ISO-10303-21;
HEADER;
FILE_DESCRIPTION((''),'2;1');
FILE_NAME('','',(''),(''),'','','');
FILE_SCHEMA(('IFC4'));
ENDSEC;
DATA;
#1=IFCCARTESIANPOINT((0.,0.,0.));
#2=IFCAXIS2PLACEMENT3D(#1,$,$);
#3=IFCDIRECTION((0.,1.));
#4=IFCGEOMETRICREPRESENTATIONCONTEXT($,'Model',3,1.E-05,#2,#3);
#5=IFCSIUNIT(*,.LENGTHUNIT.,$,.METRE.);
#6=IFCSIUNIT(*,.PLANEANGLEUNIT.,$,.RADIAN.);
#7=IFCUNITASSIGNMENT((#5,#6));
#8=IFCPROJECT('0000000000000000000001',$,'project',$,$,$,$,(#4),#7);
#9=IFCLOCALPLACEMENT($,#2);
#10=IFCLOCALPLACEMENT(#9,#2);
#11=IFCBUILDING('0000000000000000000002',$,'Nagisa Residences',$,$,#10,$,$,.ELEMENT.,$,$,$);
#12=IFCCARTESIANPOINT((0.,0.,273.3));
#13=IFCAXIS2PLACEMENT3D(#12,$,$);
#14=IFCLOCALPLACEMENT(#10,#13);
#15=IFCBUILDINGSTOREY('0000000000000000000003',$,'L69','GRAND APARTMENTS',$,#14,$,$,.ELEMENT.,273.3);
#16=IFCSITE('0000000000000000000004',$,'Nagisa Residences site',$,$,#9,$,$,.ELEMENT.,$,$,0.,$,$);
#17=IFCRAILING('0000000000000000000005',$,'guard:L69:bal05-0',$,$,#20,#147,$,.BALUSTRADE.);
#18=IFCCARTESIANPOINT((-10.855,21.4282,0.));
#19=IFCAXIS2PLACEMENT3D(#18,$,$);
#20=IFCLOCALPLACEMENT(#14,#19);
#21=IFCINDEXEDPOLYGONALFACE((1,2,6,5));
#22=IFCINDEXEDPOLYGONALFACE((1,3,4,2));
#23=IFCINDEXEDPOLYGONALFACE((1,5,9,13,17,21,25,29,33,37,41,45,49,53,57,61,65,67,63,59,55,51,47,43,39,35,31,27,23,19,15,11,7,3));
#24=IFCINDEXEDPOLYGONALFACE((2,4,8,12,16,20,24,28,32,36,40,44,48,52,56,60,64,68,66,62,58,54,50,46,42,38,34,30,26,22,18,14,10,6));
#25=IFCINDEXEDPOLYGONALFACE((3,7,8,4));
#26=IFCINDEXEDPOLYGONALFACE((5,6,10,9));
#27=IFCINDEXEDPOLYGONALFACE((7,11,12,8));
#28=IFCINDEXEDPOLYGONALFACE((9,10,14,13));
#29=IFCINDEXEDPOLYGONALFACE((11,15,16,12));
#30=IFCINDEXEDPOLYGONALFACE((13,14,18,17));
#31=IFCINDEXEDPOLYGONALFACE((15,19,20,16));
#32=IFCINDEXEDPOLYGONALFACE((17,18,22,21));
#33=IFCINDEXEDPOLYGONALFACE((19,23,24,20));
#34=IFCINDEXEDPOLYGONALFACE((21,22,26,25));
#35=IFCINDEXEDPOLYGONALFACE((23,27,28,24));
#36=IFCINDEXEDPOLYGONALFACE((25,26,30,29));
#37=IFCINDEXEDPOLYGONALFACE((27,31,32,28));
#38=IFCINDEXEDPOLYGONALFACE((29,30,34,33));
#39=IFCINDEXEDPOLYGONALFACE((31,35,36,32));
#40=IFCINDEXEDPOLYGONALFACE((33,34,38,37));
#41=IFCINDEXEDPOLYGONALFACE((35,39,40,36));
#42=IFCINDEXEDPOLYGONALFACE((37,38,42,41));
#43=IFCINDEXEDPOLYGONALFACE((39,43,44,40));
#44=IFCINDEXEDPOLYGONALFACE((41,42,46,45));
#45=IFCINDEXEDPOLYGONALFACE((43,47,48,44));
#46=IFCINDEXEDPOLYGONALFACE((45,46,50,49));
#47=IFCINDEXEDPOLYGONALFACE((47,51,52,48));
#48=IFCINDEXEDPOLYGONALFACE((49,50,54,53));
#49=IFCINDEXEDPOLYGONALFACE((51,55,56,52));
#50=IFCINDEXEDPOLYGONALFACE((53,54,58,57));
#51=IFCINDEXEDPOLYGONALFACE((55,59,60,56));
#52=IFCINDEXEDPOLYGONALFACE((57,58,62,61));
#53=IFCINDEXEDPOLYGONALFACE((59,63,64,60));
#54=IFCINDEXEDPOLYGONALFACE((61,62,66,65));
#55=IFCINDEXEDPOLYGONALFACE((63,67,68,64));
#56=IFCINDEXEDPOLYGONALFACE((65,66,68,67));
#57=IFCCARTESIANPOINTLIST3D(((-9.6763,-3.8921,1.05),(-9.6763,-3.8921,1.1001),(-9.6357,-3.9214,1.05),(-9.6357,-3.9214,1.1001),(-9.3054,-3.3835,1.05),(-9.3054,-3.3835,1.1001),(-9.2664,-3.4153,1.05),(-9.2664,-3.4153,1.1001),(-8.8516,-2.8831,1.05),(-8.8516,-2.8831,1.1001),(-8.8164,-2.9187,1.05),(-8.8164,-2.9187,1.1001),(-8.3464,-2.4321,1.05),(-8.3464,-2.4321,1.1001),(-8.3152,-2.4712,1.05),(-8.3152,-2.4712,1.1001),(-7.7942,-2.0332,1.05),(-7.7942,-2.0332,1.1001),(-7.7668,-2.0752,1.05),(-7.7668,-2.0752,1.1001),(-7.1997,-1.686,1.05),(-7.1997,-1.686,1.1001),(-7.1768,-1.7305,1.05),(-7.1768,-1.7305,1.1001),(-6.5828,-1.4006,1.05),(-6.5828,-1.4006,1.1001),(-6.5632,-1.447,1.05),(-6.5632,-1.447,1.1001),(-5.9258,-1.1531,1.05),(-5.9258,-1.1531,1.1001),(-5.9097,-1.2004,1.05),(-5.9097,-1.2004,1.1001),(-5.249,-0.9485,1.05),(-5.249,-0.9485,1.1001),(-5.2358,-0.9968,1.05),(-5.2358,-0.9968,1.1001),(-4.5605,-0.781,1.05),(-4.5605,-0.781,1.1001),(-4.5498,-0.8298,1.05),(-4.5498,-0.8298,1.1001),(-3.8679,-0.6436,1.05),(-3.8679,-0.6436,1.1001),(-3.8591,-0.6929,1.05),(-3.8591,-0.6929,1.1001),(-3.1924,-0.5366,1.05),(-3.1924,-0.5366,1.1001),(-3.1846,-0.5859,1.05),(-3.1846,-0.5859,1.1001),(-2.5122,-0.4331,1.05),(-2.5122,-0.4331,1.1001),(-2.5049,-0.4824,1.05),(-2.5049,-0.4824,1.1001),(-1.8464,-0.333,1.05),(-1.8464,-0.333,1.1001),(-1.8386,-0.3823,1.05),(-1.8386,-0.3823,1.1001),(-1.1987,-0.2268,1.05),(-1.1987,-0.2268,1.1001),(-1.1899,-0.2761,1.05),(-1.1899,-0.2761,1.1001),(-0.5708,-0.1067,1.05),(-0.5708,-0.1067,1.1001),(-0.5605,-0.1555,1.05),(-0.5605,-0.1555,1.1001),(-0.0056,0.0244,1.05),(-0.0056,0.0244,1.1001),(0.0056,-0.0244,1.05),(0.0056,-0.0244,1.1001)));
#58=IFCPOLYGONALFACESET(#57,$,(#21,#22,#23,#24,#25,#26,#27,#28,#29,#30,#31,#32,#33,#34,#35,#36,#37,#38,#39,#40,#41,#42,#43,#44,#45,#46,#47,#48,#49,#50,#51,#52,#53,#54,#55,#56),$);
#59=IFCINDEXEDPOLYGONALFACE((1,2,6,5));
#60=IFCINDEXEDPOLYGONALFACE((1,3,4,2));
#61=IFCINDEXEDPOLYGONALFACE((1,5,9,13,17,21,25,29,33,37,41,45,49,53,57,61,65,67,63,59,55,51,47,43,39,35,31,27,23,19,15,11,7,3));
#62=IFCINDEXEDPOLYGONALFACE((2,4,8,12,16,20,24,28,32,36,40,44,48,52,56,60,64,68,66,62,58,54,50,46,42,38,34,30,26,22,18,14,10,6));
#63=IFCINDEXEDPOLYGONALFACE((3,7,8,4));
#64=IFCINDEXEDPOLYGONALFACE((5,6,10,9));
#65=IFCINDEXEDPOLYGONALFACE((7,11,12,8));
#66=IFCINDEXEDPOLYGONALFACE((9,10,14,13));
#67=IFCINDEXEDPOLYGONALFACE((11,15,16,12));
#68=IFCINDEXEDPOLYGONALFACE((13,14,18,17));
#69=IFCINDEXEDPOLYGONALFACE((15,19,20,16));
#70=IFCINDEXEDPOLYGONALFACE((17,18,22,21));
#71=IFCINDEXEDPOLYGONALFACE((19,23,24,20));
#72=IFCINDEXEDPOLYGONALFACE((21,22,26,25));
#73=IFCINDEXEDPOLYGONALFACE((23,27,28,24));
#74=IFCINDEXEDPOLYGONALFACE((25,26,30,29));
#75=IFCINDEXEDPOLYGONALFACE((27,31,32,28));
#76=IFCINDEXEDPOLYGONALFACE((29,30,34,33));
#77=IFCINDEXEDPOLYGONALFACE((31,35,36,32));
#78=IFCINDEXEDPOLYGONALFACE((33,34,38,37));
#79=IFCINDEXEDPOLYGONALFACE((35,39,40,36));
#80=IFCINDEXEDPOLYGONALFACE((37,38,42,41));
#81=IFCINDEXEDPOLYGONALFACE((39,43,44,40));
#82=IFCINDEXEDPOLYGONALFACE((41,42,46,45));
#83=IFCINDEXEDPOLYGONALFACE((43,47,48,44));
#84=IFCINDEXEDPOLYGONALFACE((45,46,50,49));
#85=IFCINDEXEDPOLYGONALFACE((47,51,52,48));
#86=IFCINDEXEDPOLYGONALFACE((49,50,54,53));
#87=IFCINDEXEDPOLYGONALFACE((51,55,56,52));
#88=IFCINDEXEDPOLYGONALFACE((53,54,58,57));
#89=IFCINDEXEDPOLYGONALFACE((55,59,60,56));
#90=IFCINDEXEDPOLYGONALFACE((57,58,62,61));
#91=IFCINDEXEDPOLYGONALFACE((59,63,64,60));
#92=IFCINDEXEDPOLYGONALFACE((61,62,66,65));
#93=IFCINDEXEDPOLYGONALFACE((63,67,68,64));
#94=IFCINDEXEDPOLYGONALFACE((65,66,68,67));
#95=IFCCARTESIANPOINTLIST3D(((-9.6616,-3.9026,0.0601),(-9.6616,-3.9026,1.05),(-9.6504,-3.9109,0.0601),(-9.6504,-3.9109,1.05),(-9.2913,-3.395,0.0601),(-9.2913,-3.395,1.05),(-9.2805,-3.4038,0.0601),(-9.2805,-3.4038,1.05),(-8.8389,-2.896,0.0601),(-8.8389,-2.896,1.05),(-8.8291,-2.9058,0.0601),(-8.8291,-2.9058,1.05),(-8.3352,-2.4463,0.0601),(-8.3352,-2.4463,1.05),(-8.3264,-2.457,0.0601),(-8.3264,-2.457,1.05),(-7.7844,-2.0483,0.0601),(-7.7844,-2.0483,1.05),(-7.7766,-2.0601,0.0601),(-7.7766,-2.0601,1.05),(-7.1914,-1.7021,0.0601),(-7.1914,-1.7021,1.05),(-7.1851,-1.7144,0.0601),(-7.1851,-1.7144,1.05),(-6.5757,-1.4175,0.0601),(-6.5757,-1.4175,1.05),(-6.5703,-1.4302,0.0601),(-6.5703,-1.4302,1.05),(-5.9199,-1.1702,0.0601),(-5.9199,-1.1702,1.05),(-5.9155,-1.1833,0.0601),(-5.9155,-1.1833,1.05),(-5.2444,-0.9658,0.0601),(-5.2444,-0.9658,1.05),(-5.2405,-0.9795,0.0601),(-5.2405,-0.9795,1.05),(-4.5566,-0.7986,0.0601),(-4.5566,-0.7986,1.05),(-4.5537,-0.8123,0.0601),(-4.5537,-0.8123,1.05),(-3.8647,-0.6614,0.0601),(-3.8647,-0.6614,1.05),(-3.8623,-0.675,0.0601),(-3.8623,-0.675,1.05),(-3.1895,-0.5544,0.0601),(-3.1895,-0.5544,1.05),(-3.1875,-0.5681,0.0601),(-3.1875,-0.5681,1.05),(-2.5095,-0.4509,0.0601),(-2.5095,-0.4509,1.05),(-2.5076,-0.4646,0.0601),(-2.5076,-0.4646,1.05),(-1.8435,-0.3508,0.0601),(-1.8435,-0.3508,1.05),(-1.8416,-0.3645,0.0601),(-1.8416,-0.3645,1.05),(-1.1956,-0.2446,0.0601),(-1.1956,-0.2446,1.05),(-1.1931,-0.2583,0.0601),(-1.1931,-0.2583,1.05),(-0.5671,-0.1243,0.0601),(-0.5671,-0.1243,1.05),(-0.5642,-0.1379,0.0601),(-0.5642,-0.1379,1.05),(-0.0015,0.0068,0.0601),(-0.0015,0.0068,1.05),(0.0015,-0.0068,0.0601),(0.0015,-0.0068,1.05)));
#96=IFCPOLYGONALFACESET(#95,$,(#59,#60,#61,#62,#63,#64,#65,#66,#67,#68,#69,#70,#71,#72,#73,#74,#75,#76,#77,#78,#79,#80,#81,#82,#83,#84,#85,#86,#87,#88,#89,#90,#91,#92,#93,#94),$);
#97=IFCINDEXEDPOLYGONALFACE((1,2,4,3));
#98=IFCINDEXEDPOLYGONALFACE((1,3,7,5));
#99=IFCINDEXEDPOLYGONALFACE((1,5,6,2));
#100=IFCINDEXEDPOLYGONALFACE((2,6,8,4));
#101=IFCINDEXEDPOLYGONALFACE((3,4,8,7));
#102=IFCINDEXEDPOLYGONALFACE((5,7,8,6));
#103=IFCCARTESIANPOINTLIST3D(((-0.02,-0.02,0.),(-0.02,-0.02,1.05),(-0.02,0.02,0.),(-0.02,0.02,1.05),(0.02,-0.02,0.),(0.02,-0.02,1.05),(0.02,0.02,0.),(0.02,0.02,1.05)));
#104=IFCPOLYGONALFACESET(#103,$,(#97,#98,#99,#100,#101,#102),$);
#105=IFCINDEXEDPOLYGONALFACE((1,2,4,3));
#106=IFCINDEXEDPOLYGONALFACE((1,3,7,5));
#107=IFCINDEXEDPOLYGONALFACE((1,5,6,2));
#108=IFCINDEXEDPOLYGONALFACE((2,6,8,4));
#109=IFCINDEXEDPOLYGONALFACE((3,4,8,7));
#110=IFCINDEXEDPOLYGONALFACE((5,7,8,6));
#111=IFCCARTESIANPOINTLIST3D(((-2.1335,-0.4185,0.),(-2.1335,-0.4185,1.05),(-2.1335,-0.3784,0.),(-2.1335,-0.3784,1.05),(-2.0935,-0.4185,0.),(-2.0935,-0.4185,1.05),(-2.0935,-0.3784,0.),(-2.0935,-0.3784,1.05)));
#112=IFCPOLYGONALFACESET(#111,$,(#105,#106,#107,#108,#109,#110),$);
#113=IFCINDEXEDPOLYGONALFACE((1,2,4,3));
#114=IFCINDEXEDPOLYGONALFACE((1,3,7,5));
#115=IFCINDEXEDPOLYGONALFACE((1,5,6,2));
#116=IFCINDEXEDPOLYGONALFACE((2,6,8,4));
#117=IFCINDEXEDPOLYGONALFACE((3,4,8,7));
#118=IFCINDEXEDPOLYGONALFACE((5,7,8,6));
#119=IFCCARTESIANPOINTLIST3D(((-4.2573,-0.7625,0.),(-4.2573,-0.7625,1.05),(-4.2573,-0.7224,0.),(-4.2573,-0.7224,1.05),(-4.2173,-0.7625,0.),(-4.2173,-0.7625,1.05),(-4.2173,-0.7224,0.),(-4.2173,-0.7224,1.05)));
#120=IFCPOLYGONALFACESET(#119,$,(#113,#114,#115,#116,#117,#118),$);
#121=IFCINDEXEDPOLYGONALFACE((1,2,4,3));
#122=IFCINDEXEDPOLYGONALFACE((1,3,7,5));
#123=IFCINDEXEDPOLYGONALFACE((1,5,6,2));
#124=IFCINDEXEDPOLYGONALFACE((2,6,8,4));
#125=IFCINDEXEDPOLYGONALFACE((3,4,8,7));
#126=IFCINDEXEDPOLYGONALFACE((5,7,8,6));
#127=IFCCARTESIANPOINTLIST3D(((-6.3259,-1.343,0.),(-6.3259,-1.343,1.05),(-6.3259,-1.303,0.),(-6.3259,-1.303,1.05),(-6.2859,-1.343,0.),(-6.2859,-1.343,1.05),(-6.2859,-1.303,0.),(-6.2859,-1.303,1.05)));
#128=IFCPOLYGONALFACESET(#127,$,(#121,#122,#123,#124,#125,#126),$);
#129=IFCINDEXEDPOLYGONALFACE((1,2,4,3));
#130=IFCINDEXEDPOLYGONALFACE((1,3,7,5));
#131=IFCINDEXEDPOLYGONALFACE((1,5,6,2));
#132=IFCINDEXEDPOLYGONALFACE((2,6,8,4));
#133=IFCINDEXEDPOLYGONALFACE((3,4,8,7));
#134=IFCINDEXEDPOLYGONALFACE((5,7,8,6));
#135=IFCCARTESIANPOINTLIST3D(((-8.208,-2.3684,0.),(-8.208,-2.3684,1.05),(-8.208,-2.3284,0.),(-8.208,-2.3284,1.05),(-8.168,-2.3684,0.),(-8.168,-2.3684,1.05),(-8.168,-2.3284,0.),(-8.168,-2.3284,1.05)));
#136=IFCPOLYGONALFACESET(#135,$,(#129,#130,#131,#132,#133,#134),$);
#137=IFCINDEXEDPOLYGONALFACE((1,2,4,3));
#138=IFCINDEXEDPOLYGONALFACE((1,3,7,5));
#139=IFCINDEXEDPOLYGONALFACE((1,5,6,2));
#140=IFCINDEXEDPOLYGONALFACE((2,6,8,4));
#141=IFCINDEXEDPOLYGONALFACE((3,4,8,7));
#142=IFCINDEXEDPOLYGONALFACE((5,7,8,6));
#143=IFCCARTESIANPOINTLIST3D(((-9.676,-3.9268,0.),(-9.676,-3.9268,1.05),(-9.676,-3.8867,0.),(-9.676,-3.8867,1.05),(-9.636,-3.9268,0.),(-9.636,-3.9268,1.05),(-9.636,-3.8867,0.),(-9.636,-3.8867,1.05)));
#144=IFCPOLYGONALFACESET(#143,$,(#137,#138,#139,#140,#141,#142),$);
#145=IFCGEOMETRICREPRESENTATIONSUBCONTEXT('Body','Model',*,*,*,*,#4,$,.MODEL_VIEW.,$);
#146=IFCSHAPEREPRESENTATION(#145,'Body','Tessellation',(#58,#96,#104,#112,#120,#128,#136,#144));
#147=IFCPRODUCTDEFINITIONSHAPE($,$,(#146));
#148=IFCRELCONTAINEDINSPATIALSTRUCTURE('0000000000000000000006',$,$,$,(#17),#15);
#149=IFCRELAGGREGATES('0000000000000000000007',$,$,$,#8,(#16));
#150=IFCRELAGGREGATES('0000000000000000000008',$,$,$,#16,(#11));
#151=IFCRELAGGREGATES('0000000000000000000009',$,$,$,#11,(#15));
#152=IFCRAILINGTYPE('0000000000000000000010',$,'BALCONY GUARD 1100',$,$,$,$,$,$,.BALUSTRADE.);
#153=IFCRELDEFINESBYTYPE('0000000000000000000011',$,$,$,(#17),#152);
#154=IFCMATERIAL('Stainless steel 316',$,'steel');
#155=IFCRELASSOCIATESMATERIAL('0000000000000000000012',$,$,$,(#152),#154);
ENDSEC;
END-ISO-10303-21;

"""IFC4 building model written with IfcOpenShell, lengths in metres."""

from ifc_helpers import new_model, si_unit, direction, frame, origin, origin_2d, place, context, subcontext, project, spatial, polyline, rectangle, outline, extrude, material, type_object, element, save


model = new_model("IFC4")

# Units and contexts
model_context = context("Model", 3, precision=1e-05, world=origin(), true_north=direction((0.0, 1.0)))
body_context = subcontext(model_context, "Body", "Model", "MODEL_VIEW")
ifc_project = project(units=[si_unit("LENGTHUNIT", "METRE"), si_unit("PLANEANGLEUNIT", "RADIAN")], contexts=[model_context])

# Site, building, storey
site_placement = place(None, origin())
site = spatial("IfcSite", under=ifc_project, at=site_placement, Name="Nagisa Residences site", CompositionType="ELEMENT", RefElevation=0.0)
building_placement = place(site_placement, origin())
building = spatial("IfcBuilding", under=site, at=building_placement, Name="Nagisa Residences", CompositionType="ELEMENT")
storey_placement = place(building_placement, frame((0.0, 0.0, 273.3)))
storey = spatial("IfcBuildingStorey", under=building, at=storey_placement, Name="L69", Description="GRAND APARTMENTS", CompositionType="ELEMENT", Elevation=273.3)

# Railing
ifc_material_1 = material(Name="Stainless steel 316", Category="steel")
railing_type = type_object("IfcRailingType", Name="BALCONY GUARD 1100", PredefinedType="BALUSTRADE", material=ifc_material_1)
railing_1_placement = place(storey_placement, frame((-10.855, 21.4282, 0.0)))
element("IfcRailing", 1, at=railing_1_placement, inside=storey, type_object=railing_type, Name="guard:L69:bal05-0", PredefinedType="BALUSTRADE", context=body_context, shape_type="SweptSolid", body=[
    extrude(outline(polyline([(-0.5605, -0.1555), (0.0056, -0.0244), (-0.0056, 0.0244), (-0.5708, -0.1067), (-1.1987, -0.2268), (-1.8464, -0.333), (-2.5122, -0.4331), (-3.1924, -0.5366), (-3.8679, -0.6436), (-4.5605, -0.781), (-5.249, -0.9485), (-5.9258, -1.1531), (-6.5828, -1.4006), (-7.1997, -1.686), (-7.7942, -2.0332), (-8.3464, -2.4321), (-8.8516, -2.8831), (-9.3054, -3.3835), (-9.6763, -3.8921), (-9.6357, -3.9214), (-9.2664, -3.4153), (-8.8164, -2.9187), (-8.3152, -2.4712), (-7.7668, -2.0752), (-7.1768, -1.7305), (-6.5632, -1.447), (-5.9097, -1.2004), (-5.2358, -0.9968), (-4.5498, -0.8298), (-3.8591, -0.6929), (-3.1846, -0.5859), (-2.5049, -0.4824), (-1.8386, -0.3823), (-1.1899, -0.2761), (-0.5605, -0.1555)])), frame((0.0, 0.0, 1.05)), (0.0, 0.0, 1.0), 0.05),
    extrude(outline(polyline([(-0.5642, -0.1379), (0.0015, -0.0068), (-0.0015, 0.0068), (-0.5671, -0.1243), (-1.1956, -0.2446), (-1.8435, -0.3508), (-2.5095, -0.4509), (-3.1895, -0.5544), (-3.8647, -0.6614), (-4.5566, -0.7986), (-5.2444, -0.9658), (-5.9199, -1.1702), (-6.5757, -1.4175), (-7.1914, -1.7021), (-7.7844, -2.0483), (-8.3352, -2.4463), (-8.8389, -2.896), (-9.2913, -3.395), (-9.6616, -3.9026), (-9.6504, -3.9109), (-9.2805, -3.4038), (-8.8291, -2.9058), (-8.3264, -2.457), (-7.7766, -2.0601), (-7.1851, -1.7144), (-6.5703, -1.4302), (-5.9155, -1.1833), (-5.2405, -0.9795), (-4.5537, -0.8123), (-3.8623, -0.675), (-3.1875, -0.5681), (-2.5076, -0.4646), (-1.8416, -0.3645), (-1.1931, -0.2583), (-0.5642, -0.1379)])), frame((0.0, 0.0, 0.0601)), (0.0, 0.0, 1.0), 0.99),
    extrude(rectangle(XDim=0.04, YDim=0.04, at=origin_2d()), origin(), (0.0, 0.0, 1.0), 1.05),
    extrude(rectangle(XDim=0.04, YDim=0.04, at=origin_2d()), frame((-2.1135, -0.3984, 0.0)), (0.0, 0.0, 1.0), 1.05),
    extrude(rectangle(XDim=0.04, YDim=0.04, at=origin_2d()), frame((-4.2373, -0.7424, 0.0)), (0.0, 0.0, 1.0), 1.05),
    extrude(rectangle(XDim=0.04, YDim=0.04, at=origin_2d()), frame((-6.3059, -1.323, 0.0)), (0.0, 0.0, 1.0), 1.05),
    extrude(rectangle(XDim=0.04, YDim=0.04, at=origin_2d()), frame((-8.188, -2.3484, 0.0)), (0.0, 0.0, 1.0), 1.05),
    extrude(rectangle(XDim=0.04, YDim=0.04, at=origin_2d()), frame((-9.656, -3.9067, 0.0)), (0.0, 0.0, 1.0), 1.05),
])

save(model, "model.ifc")
